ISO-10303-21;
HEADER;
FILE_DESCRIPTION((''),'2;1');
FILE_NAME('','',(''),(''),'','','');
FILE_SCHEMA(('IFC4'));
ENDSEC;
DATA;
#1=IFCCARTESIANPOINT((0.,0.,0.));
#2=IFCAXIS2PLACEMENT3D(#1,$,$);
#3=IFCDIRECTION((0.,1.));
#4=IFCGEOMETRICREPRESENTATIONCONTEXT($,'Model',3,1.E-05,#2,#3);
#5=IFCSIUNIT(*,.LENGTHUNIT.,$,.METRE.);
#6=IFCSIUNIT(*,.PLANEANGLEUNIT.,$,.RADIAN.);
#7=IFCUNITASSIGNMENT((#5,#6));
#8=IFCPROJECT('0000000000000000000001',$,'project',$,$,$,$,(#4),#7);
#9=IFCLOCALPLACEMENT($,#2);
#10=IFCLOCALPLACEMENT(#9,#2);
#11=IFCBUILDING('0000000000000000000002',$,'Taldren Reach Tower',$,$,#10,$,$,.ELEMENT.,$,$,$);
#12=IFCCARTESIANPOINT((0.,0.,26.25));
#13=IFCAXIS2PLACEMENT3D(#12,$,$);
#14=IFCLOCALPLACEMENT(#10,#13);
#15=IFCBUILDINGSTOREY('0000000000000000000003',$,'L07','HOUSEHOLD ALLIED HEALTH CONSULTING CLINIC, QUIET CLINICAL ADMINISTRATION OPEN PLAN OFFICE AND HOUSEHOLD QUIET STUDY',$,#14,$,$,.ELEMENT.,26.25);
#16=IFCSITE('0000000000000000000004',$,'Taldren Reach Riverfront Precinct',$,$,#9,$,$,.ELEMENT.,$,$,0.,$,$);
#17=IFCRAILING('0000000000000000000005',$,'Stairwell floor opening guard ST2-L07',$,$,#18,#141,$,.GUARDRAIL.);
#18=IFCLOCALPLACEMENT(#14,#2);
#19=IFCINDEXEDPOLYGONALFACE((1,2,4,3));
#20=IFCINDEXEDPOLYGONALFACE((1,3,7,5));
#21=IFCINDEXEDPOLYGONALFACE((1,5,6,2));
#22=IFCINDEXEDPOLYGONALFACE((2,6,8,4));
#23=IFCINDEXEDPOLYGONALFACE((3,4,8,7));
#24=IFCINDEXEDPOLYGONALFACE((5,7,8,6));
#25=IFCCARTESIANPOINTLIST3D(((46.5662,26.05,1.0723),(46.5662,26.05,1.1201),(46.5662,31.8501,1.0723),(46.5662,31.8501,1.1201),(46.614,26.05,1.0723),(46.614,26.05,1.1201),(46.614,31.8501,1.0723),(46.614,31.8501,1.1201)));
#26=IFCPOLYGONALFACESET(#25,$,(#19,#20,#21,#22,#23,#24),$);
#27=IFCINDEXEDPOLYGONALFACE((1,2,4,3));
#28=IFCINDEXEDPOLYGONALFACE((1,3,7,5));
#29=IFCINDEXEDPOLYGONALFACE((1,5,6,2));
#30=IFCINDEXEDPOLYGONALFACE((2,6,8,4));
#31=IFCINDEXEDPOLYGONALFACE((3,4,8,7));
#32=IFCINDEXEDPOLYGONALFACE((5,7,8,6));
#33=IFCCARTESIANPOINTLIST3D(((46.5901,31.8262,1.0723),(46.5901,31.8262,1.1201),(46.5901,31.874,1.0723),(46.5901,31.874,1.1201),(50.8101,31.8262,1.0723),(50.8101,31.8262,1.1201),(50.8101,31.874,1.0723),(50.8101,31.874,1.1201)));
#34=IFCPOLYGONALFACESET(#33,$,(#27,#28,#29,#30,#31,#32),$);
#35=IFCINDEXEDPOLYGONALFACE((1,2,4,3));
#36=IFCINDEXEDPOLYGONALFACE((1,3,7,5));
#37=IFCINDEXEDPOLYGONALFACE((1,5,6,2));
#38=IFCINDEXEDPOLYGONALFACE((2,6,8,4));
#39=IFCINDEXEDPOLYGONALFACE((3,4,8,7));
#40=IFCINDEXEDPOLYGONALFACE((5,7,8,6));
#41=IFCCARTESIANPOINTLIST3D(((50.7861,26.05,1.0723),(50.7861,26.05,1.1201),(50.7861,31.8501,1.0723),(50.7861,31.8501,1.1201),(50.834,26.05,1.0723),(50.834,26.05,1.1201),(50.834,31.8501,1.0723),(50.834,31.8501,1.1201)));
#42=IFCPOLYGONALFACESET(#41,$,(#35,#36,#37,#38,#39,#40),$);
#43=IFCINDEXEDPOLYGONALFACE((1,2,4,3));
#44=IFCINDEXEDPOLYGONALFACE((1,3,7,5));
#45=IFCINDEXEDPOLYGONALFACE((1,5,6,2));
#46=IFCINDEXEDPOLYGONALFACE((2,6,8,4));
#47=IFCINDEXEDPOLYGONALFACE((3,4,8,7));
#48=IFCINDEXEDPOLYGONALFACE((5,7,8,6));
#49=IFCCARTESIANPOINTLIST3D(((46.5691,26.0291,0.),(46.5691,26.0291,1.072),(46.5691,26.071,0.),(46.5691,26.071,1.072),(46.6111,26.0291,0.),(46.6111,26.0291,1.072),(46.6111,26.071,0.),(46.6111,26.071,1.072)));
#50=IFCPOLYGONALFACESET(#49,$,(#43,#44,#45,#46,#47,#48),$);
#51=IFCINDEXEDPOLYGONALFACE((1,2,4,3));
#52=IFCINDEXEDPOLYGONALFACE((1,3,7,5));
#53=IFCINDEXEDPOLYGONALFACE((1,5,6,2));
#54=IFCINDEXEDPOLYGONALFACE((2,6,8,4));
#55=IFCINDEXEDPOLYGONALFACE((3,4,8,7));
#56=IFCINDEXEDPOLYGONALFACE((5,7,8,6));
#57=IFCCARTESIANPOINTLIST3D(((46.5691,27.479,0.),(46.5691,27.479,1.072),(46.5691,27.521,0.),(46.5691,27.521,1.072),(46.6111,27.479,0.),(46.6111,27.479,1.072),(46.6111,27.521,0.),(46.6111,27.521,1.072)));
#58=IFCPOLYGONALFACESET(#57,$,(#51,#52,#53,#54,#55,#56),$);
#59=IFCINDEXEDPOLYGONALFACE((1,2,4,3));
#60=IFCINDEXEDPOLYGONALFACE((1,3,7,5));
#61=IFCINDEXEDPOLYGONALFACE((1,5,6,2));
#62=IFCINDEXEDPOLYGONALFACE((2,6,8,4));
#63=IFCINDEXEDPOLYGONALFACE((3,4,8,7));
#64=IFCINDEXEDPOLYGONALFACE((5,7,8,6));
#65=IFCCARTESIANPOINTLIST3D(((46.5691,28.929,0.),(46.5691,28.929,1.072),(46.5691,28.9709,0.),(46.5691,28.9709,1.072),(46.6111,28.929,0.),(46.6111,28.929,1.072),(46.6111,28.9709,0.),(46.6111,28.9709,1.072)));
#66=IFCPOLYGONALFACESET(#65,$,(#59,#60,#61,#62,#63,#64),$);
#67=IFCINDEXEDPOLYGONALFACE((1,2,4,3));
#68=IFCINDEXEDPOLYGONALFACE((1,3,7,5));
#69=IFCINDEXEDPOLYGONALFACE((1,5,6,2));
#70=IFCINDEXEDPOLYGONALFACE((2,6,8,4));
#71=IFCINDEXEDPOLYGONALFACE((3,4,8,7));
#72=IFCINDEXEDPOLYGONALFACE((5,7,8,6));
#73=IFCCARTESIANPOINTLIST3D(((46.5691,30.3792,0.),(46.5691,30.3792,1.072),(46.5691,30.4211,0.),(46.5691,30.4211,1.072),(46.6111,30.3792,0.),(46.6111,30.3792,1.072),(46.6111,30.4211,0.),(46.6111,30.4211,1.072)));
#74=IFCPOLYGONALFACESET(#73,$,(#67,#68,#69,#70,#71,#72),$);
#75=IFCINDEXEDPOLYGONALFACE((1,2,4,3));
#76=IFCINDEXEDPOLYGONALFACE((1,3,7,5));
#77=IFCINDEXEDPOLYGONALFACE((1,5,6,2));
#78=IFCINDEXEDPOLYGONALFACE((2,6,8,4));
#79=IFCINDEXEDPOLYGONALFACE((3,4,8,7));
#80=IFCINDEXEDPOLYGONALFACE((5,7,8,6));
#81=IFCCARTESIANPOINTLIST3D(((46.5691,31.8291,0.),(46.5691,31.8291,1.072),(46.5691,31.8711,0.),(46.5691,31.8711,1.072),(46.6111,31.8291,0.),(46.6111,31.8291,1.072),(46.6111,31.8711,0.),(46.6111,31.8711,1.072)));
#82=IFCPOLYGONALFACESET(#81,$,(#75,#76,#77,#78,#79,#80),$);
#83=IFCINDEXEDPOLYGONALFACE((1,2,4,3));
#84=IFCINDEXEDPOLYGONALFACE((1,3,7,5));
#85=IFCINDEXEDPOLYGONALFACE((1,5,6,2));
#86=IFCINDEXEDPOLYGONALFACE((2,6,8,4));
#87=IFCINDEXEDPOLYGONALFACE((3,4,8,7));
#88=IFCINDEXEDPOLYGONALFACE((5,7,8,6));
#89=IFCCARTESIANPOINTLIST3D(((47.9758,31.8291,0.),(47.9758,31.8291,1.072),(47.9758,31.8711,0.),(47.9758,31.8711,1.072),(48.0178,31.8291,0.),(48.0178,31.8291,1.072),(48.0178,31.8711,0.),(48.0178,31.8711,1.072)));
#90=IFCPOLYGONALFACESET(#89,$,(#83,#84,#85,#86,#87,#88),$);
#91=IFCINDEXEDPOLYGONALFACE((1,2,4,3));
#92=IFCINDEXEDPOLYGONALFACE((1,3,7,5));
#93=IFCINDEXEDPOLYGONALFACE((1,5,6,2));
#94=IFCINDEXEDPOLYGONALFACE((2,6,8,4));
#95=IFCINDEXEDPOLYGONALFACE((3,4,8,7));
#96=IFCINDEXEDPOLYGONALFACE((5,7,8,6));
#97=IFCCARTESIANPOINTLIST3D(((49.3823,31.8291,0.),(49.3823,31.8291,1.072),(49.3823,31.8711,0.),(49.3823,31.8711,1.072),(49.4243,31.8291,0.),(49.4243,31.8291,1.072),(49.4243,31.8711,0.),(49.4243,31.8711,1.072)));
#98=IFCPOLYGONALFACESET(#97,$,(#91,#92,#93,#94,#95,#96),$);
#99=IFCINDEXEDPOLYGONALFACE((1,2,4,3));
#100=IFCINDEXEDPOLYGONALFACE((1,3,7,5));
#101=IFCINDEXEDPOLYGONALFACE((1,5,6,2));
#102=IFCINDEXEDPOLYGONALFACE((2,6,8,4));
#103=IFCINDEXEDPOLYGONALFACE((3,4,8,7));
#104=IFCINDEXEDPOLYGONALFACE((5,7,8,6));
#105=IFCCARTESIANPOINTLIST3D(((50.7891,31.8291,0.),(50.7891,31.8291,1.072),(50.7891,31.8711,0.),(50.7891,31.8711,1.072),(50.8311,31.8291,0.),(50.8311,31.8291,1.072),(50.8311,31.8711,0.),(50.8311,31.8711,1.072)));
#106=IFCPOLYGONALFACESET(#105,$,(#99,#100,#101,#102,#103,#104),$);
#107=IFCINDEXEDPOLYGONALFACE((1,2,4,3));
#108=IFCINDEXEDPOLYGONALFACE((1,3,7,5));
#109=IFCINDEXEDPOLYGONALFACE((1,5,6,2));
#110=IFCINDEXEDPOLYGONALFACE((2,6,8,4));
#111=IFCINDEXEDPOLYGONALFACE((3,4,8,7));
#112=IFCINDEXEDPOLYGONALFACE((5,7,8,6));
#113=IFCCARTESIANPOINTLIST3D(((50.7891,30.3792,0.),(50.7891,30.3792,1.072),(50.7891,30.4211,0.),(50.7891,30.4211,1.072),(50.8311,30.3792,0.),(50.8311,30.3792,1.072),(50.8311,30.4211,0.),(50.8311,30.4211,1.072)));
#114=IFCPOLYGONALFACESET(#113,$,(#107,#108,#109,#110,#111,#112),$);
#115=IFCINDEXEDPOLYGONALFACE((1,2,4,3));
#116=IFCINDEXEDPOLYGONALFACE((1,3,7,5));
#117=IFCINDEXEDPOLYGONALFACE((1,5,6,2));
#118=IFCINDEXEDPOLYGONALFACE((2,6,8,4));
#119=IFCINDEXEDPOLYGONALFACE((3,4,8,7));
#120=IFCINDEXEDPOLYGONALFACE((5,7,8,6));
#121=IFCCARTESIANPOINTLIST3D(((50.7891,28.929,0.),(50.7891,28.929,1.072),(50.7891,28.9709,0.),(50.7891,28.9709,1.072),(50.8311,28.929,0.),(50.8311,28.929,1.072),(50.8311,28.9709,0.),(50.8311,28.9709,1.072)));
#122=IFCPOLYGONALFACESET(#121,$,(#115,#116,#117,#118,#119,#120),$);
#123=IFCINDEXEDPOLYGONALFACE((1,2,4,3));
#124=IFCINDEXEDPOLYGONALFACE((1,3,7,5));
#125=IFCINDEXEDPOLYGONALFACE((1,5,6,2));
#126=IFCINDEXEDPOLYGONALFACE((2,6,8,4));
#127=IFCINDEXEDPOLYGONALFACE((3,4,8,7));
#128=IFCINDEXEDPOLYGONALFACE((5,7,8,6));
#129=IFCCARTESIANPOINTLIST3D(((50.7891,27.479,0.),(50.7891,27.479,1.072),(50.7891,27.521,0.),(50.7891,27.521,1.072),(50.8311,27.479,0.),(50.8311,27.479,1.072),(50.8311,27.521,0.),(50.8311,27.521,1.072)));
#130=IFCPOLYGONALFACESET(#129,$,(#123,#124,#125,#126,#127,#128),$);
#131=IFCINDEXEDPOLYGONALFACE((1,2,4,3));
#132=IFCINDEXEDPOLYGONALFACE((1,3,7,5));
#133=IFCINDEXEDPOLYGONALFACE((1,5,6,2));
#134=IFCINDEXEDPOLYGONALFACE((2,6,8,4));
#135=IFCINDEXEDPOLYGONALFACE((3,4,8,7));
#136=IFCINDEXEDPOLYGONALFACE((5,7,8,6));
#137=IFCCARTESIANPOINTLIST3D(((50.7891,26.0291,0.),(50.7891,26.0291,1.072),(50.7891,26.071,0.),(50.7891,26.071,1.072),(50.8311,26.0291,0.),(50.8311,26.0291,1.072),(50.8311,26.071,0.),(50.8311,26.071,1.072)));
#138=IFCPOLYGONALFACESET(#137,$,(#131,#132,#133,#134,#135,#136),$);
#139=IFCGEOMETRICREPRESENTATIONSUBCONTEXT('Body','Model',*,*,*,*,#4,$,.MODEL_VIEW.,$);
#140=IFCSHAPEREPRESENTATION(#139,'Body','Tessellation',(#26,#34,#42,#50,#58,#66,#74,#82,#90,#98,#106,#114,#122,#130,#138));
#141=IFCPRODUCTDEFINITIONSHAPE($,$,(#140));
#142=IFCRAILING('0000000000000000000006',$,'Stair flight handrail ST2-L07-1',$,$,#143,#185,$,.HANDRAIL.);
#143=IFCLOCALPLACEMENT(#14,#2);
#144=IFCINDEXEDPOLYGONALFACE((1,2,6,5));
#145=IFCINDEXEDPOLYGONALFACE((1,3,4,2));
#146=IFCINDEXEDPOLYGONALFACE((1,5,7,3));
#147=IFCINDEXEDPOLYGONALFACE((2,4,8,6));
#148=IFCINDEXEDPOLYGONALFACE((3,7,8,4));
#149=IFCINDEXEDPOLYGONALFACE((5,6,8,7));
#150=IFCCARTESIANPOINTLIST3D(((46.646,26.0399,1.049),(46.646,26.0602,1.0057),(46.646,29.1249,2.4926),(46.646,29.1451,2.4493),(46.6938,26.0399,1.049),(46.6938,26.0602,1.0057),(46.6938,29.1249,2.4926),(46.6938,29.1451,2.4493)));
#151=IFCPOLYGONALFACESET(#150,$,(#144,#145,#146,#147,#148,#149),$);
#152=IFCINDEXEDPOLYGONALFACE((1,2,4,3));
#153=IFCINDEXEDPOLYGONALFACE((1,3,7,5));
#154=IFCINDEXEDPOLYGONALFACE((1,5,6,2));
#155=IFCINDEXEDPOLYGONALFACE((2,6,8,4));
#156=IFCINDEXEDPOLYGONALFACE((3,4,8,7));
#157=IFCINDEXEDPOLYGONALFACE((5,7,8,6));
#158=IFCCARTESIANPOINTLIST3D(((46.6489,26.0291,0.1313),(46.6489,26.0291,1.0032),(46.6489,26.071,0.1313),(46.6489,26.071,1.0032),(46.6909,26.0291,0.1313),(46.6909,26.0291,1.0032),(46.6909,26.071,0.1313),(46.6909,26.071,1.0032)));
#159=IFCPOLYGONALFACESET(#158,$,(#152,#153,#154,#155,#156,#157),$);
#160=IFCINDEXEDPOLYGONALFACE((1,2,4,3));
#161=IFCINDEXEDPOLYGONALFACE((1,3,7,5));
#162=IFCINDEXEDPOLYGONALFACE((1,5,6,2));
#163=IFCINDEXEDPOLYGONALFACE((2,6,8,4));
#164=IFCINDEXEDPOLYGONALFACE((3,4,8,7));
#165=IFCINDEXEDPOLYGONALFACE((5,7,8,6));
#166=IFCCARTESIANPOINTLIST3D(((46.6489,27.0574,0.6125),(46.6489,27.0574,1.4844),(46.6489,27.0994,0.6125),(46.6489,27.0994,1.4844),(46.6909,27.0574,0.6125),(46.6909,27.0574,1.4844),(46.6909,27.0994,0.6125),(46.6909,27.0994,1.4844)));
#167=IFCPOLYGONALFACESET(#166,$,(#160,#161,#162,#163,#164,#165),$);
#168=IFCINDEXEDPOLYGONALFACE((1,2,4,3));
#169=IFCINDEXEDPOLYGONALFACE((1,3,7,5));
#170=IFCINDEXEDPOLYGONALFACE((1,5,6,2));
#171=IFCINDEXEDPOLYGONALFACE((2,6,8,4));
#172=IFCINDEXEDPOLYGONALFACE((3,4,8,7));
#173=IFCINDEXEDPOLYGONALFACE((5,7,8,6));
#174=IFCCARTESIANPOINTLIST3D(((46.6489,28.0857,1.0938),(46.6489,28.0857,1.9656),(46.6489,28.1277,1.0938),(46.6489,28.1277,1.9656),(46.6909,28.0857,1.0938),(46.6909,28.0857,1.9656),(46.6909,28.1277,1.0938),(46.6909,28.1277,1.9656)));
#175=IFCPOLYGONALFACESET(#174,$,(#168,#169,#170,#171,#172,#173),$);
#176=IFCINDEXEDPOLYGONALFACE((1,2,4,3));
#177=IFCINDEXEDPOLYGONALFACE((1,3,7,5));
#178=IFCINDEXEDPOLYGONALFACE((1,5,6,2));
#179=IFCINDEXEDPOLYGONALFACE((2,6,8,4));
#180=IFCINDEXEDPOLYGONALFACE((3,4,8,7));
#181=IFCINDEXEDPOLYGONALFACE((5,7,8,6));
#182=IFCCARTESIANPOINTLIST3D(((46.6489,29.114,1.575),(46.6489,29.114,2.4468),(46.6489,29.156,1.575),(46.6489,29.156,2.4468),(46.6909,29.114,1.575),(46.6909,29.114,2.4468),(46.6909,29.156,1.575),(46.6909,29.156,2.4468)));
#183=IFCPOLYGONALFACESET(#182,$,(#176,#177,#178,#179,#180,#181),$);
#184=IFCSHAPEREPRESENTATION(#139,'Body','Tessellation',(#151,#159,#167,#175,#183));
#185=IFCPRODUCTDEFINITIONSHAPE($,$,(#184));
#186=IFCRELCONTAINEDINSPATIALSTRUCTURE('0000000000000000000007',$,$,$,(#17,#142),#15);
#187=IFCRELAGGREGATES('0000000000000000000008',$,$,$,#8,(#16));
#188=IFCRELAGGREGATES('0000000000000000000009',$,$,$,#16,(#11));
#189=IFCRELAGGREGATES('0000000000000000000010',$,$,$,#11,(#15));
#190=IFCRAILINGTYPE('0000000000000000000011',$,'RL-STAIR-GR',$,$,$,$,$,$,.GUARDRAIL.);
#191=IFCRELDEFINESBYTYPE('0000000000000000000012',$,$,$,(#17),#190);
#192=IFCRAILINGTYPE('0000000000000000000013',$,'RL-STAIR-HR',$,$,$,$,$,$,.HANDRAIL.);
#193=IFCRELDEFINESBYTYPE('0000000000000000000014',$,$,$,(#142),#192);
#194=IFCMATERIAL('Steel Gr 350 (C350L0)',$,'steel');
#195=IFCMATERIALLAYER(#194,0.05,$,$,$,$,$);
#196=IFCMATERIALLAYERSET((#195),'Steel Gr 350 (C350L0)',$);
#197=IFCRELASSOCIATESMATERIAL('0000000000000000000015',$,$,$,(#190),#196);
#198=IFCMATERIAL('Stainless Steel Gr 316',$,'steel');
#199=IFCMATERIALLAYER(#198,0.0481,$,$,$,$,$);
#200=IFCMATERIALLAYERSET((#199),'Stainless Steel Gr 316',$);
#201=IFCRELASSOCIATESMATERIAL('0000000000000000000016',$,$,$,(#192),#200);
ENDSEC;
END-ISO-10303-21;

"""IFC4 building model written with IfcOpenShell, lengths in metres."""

from ifc_helpers import new_model, si_unit, direction, frame, origin, origin_2d, place, context, subcontext, project, spatial, rectangle, extrude, material, layer, layer_set, type_object, element, save


model = new_model("IFC4")

# Units and contexts
model_context = context("Model", 3, precision=1e-05, world=origin(), true_north=direction((0.0, 1.0)))
body_context = subcontext(model_context, "Body", "Model", "MODEL_VIEW")
ifc_project = project(units=[si_unit("LENGTHUNIT", "METRE"), si_unit("PLANEANGLEUNIT", "RADIAN")], contexts=[model_context])

# Site, building, storey
site_placement = place(None, origin())
site = spatial("IfcSite", under=ifc_project, at=site_placement, Name="Taldren Reach Riverfront Precinct", CompositionType="ELEMENT", RefElevation=0.0)
building_placement = place(site_placement, origin())
building = spatial("IfcBuilding", under=site, at=building_placement, Name="Taldren Reach Tower", CompositionType="ELEMENT")
storey_placement = place(building_placement, frame((0.0, 0.0, 26.25)))
storey = spatial("IfcBuildingStorey", under=building, at=storey_placement, Name="L07", Description="HOUSEHOLD ALLIED HEALTH CONSULTING CLINIC, QUIET CLINICAL ADMINISTRATION OPEN PLAN OFFICE AND HOUSEHOLD QUIET STUDY", CompositionType="ELEMENT", Elevation=26.25)

# Shared definitions
ifc_material_1 = material(Name="Steel Gr 350 (C350L0)", Category="steel")

# Railings
ifc_layer_1 = layer(ifc_material_1, 0.05)
ifc_layer_set_1 = layer_set([ifc_layer_1], Name="Steel Gr 350 (C350L0)")
railing_type_1 = type_object("IfcRailingType", Name="RL-STAIR-GR", PredefinedType="GUARDRAIL", material=ifc_layer_set_1)
railing_1_placement = place(storey_placement, frame((46.5901, 26.05, 0.0)))
element("IfcRailing", 1, at=railing_1_placement, inside=storey, type_object=railing_type_1, Name="Stairwell floor opening guard ST2-L07", PredefinedType="GUARDRAIL", context=body_context, shape_type="SweptSolid", body=[
    extrude(rectangle(XDim=0.0479, YDim=0.0479, at=origin_2d()), frame((0.0, 0.0, 1.0962), z_axis=(0.0, 1.0, 0.0), x_axis=(-1.0, 0.0, 0.0)), (0.0, 0.0, 1.0), 5.8),
    extrude(rectangle(XDim=0.0479, YDim=0.0479, at=origin_2d()), frame((0.0, 5.8, 1.0962), z_axis=(1.0, 0.0, 0.0), x_axis=(0.0, 1.0, 0.0)), (0.0, 0.0, 1.0), 4.22),
    extrude(rectangle(XDim=0.0479, YDim=0.0479, at=origin_2d()), frame((4.22, 5.8, 1.0962), z_axis=(0.0, -1.0, 0.0), x_axis=(1.0, 0.0, 0.0)), (0.0, 0.0, 1.0), 5.8),
    extrude(rectangle(XDim=0.042, YDim=0.042, at=origin_2d()), origin(), (0.0, 0.0, 1.0), 1.072),
    extrude(rectangle(XDim=0.042, YDim=0.042, at=origin_2d()), frame((0.0, 1.45, 0.0)), (0.0, 0.0, 1.0), 1.072),
    extrude(rectangle(XDim=0.042, YDim=0.042, at=origin_2d()), frame((0.0, 2.8999, 0.0)), (0.0, 0.0, 1.0), 1.072),
    extrude(rectangle(XDim=0.042, YDim=0.042, at=origin_2d()), frame((0.0, 4.3501, 0.0)), (0.0, 0.0, 1.0), 1.072),
    extrude(rectangle(XDim=0.042, YDim=0.042, at=origin_2d()), frame((0.0, 5.8, 0.0)), (0.0, 0.0, 1.0), 1.072),
    extrude(rectangle(XDim=0.042, YDim=0.042, at=origin_2d()), frame((1.4067, 5.8, 0.0)), (0.0, 0.0, 1.0), 1.072),
    extrude(rectangle(XDim=0.042, YDim=0.042, at=origin_2d()), frame((2.8132, 5.8, 0.0)), (0.0, 0.0, 1.0), 1.072),
    extrude(rectangle(XDim=0.042, YDim=0.042, at=origin_2d()), frame((4.22, 5.8, 0.0)), (0.0, 0.0, 1.0), 1.072),
    extrude(rectangle(XDim=0.042, YDim=0.042, at=origin_2d()), frame((4.22, 4.3501, 0.0)), (0.0, 0.0, 1.0), 1.072),
    extrude(rectangle(XDim=0.042, YDim=0.042, at=origin_2d()), frame((4.22, 2.8999, 0.0)), (0.0, 0.0, 1.0), 1.072),
    extrude(rectangle(XDim=0.042, YDim=0.042, at=origin_2d()), frame((4.22, 1.45, 0.0)), (0.0, 0.0, 1.0), 1.072),
    extrude(rectangle(XDim=0.042, YDim=0.042, at=origin_2d()), frame((4.22, 0.0, 0.0)), (0.0, 0.0, 1.0), 1.072),
])
ifc_material_2 = material(Name="Stainless Steel Gr 316", Category="steel")
ifc_layer_2 = layer(ifc_material_2, 0.0481)
ifc_layer_set_2 = layer_set([ifc_layer_2], Name="Stainless Steel Gr 316")
railing_type_2 = type_object("IfcRailingType", Name="RL-STAIR-HR", PredefinedType="HANDRAIL", material=ifc_layer_set_2)
railing_2_placement = place(storey_placement, frame((46.6699, 26.05, 0.1313)))
element("IfcRailing", 2, at=railing_2_placement, inside=storey, type_object=railing_type_2, Name="Stair flight handrail ST2-L07-1", PredefinedType="HANDRAIL", context=body_context, shape_type="SweptSolid", body=[
    extrude(rectangle(XDim=0.0479, YDim=0.0479, at=origin_2d()), frame((0.0, 0.0, 0.896), z_axis=(0.0, 0.905738, 0.423839), x_axis=(-1.0, 0.0, 0.0)), (0.0, 0.0, 1.0), 3.406),
    extrude(rectangle(XDim=0.042, YDim=0.042, at=origin_2d()), origin(), (0.0, 0.0, 1.0), 0.8718),
    extrude(rectangle(XDim=0.042, YDim=0.042, at=origin_2d()), frame((0.0, 1.0283, 0.4812)), (0.0, 0.0, 1.0), 0.8718),
    extrude(rectangle(XDim=0.042, YDim=0.042, at=origin_2d()), frame((0.0, 2.0566, 0.9624)), (0.0, 0.0, 1.0), 0.8718),
    extrude(rectangle(XDim=0.042, YDim=0.042, at=origin_2d()), frame((0.0, 3.085, 1.4436)), (0.0, 0.0, 1.0), 0.8718),
])

save(model, "model.ifc")
